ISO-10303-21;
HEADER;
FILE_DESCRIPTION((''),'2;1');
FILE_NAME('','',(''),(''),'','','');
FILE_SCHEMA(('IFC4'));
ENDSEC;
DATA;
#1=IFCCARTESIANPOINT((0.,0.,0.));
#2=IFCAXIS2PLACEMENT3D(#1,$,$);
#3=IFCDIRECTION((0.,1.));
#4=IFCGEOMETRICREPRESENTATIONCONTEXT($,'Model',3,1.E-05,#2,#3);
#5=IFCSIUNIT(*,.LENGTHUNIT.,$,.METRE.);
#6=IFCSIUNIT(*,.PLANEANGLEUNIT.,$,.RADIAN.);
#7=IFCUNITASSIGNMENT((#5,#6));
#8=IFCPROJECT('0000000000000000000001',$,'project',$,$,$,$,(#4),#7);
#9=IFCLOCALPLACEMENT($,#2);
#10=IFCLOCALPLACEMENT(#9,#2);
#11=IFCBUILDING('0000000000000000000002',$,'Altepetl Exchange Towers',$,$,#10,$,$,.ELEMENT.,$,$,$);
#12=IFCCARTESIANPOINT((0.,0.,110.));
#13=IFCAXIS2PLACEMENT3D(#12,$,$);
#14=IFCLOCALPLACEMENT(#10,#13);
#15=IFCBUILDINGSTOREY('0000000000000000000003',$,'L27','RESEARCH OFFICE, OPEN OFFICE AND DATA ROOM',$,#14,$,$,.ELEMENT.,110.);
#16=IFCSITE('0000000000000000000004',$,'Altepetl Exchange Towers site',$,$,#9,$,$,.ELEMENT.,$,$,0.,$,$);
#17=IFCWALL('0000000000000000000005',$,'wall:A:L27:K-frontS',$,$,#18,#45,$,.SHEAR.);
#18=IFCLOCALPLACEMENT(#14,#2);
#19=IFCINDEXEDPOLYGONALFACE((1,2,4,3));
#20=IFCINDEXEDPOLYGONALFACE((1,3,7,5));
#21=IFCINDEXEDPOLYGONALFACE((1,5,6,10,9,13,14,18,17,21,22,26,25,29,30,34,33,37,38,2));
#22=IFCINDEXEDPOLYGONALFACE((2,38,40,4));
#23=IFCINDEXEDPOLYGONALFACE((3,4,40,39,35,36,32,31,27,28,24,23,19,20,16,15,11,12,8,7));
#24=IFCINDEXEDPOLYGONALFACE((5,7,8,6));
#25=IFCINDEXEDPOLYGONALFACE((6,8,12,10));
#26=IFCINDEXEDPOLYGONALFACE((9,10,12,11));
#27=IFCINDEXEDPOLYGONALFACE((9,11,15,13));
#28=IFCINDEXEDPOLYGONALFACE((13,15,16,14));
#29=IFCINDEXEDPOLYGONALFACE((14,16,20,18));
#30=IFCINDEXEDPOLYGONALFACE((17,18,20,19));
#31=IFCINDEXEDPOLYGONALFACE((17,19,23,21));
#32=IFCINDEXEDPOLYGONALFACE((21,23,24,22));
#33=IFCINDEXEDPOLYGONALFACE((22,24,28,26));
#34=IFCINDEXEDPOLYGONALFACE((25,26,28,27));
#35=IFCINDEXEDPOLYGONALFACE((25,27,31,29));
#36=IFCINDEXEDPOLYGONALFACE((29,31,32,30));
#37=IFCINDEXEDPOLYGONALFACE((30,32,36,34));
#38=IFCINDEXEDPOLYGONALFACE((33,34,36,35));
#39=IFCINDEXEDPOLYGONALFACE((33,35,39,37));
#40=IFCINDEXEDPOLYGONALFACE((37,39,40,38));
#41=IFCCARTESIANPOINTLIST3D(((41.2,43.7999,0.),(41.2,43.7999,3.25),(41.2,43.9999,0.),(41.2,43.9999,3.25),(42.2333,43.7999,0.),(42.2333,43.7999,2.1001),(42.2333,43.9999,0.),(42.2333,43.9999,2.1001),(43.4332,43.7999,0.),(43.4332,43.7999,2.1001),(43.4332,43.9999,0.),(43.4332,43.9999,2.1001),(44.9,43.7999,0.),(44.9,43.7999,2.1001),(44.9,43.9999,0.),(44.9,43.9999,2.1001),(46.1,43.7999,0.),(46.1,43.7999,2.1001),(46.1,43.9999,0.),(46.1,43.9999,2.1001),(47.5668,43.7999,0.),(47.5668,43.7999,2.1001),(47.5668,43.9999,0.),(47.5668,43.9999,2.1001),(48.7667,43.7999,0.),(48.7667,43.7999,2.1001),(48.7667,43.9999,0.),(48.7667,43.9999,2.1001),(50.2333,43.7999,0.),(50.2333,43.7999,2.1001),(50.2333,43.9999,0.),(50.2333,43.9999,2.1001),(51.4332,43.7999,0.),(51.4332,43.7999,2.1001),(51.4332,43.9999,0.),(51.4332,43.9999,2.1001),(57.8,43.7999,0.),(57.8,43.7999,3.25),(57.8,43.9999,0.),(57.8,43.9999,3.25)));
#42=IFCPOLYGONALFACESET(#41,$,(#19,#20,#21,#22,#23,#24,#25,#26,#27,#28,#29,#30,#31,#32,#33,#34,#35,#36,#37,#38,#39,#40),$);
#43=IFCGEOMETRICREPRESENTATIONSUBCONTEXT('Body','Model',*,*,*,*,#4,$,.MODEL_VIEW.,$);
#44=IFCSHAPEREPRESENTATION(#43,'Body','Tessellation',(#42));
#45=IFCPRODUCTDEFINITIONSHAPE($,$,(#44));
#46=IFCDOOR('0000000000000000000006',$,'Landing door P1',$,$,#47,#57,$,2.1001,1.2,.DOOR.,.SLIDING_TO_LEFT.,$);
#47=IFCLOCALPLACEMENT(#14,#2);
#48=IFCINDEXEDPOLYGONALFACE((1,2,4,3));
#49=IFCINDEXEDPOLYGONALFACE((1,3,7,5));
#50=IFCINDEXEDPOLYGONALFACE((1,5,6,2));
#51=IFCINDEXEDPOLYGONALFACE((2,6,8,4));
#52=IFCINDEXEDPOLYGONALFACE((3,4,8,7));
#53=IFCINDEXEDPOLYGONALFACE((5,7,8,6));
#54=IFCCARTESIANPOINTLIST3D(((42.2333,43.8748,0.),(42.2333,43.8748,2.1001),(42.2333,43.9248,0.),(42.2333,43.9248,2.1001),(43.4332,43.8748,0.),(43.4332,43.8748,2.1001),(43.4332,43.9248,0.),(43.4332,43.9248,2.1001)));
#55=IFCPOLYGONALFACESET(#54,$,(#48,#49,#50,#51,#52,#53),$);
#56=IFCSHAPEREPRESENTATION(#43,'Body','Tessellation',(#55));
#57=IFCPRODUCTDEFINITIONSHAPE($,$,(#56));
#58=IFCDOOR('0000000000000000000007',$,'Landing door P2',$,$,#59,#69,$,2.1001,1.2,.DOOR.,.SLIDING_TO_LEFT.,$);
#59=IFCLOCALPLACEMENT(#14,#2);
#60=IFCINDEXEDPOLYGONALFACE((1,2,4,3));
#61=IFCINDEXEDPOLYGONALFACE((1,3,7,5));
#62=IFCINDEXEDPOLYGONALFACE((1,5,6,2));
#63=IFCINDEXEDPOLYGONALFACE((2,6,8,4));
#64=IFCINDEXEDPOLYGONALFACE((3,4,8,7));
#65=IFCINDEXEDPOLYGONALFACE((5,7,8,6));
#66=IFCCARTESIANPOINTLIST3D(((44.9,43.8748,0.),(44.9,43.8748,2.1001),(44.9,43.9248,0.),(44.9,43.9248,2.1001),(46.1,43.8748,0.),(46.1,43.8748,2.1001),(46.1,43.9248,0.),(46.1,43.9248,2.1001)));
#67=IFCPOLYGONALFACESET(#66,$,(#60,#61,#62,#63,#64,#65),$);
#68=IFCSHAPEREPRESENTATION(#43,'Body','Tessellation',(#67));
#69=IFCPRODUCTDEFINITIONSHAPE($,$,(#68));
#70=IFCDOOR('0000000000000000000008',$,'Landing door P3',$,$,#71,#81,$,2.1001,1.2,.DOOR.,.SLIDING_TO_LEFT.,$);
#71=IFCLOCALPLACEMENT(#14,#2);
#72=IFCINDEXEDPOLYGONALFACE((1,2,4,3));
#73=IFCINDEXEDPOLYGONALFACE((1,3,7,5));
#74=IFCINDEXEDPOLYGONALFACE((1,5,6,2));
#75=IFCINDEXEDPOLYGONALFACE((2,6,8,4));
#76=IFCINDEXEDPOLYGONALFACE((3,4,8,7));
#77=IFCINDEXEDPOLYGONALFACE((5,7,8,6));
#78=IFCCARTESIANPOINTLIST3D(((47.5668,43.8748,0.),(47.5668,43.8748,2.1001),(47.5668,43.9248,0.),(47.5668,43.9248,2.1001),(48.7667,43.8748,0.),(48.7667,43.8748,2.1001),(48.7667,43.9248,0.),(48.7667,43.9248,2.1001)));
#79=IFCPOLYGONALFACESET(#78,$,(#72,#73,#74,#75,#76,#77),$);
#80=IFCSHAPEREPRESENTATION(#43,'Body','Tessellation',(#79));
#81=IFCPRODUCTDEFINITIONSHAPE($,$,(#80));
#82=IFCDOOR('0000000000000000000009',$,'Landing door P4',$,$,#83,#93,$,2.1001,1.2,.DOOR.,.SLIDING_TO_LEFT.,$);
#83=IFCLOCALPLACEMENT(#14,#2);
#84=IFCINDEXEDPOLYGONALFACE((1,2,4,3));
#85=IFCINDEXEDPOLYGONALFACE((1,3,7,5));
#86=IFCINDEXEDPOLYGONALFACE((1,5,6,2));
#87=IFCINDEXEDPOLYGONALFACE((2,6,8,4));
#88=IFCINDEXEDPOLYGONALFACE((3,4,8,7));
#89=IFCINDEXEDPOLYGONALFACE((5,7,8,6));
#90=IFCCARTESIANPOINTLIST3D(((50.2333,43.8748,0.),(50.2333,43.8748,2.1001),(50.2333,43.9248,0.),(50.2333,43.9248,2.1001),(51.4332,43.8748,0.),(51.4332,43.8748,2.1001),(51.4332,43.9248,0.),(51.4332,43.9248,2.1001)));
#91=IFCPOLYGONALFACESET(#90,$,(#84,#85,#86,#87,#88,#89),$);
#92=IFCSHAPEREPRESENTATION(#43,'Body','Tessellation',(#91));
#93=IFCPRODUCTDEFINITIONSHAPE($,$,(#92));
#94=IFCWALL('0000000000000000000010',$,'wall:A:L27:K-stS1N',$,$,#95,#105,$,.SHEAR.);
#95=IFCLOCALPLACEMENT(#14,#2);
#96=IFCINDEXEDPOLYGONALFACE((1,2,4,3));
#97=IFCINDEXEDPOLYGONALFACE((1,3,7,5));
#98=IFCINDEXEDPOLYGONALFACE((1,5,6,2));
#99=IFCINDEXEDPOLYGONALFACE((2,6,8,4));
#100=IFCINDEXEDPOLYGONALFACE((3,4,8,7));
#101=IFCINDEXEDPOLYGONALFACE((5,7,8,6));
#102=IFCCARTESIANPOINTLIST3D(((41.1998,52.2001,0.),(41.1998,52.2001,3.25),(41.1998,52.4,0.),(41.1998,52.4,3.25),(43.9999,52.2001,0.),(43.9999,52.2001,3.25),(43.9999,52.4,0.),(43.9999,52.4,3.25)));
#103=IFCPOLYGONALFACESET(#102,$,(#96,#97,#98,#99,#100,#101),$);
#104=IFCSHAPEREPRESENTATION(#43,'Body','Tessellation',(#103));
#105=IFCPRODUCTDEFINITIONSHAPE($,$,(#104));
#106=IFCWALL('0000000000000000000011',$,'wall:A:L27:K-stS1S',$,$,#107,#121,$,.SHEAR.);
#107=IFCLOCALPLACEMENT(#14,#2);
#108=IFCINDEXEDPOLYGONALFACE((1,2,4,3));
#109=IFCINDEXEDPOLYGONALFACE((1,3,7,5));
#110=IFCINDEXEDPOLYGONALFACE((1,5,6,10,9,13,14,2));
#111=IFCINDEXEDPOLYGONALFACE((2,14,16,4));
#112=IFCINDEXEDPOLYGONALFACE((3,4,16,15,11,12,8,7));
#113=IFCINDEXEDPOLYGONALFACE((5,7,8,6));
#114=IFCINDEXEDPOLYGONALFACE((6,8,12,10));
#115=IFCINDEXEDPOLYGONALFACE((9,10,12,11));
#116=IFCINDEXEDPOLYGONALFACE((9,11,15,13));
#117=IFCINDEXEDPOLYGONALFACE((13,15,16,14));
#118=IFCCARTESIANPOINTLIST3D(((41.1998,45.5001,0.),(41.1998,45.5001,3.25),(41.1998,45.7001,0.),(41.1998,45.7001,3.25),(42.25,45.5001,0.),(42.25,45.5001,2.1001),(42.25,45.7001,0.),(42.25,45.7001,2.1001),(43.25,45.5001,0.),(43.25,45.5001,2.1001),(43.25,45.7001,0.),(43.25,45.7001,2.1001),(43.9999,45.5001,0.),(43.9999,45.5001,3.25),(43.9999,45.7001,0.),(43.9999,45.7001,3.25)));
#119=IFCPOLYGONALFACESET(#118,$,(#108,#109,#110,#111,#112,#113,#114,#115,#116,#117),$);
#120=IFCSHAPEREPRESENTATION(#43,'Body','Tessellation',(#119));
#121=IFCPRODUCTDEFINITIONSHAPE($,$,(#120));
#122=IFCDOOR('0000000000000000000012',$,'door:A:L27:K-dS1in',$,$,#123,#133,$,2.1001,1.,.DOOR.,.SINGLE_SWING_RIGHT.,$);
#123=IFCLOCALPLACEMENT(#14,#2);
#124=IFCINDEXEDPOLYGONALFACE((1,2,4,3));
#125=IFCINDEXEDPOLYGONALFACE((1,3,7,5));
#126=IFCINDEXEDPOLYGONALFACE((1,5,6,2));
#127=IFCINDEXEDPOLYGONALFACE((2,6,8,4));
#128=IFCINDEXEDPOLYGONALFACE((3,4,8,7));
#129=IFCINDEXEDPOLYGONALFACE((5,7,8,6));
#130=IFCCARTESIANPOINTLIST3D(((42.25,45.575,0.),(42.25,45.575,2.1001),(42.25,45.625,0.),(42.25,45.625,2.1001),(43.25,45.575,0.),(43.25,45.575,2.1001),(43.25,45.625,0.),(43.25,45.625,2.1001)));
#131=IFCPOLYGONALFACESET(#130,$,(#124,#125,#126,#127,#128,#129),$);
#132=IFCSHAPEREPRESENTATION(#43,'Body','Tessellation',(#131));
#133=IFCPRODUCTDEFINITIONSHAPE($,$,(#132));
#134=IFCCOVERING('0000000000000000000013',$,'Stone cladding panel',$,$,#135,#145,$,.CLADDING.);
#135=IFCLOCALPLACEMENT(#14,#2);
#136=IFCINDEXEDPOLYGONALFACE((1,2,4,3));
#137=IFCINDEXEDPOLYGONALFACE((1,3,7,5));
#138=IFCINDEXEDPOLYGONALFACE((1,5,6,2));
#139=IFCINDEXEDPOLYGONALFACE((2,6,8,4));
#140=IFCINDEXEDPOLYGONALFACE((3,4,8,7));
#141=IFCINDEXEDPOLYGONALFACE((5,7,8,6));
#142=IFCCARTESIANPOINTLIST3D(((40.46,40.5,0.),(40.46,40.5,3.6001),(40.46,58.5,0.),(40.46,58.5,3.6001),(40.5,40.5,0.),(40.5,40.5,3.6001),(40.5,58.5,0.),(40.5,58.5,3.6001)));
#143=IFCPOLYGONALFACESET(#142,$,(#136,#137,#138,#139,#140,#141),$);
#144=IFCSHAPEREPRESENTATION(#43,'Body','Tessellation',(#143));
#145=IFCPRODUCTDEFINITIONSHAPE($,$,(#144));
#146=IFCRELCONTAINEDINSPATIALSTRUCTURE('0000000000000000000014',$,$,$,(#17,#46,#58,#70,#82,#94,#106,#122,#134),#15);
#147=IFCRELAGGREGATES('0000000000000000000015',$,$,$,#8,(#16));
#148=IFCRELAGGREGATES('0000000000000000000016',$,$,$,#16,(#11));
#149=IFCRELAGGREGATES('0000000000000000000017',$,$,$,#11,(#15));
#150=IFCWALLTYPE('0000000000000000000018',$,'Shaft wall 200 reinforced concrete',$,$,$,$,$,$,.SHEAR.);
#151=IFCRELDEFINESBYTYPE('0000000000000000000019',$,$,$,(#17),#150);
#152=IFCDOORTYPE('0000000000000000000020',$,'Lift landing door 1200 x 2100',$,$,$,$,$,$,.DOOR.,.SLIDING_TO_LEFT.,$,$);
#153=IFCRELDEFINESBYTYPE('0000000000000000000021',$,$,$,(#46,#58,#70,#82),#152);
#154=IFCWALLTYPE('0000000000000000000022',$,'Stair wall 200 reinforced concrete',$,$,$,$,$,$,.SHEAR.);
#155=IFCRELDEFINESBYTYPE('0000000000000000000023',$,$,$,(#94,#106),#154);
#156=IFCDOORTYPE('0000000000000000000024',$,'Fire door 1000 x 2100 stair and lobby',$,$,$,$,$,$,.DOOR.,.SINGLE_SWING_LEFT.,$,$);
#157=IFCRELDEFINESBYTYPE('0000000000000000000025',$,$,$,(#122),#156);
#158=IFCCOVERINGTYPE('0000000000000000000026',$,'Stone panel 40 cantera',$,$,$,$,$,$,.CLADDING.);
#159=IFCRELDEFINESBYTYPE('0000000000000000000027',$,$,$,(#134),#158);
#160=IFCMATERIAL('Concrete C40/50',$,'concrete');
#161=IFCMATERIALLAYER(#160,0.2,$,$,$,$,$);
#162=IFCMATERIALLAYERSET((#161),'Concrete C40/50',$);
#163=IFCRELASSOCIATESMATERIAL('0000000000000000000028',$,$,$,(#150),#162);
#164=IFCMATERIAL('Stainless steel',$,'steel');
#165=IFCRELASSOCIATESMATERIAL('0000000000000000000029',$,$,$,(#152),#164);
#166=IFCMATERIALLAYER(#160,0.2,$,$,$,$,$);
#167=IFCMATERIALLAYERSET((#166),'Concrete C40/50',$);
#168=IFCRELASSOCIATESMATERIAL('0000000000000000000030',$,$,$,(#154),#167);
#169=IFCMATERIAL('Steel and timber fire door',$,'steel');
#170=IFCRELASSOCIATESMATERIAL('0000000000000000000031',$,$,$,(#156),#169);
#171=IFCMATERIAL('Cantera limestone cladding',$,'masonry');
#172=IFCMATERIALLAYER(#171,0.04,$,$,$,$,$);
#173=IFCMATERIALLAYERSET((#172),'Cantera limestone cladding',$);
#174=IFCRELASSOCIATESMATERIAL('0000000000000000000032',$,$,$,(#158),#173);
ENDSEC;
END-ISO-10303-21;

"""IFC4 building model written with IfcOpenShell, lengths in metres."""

from ifc_helpers import new_model, si_unit, direction, frame, frame_2d, origin, origin_2d, place, context, subcontext, project, spatial, rectangle, extrude, material, layer, layer_set, type_object, element, fill, save


model = new_model("IFC4")

# Units and contexts
model_context = context("Model", 3, precision=1e-05, world=origin(), true_north=direction((0.0, 1.0)))
body_context = subcontext(model_context, "Body", "Model", "MODEL_VIEW")
ifc_project = project(units=[si_unit("LENGTHUNIT", "METRE"), si_unit("PLANEANGLEUNIT", "RADIAN")], contexts=[model_context])

# Site, building, storey
site_placement = place(None, origin())
site = spatial("IfcSite", under=ifc_project, at=site_placement, Name="Altepetl Exchange Towers site", CompositionType="ELEMENT", RefElevation=0.0)
building_placement = place(site_placement, origin())
building = spatial("IfcBuilding", under=site, at=building_placement, Name="Altepetl Exchange Towers", CompositionType="ELEMENT")
storey_placement = place(building_placement, frame((0.0, 0.0, 110.0)))
storey = spatial("IfcBuildingStorey", under=building, at=storey_placement, Name="L27", Description="RESEARCH OFFICE, OPEN OFFICE AND DATA ROOM", CompositionType="ELEMENT", Elevation=110.0)

# Wall, openings, doors
ifc_material_1 = material(Name="Concrete C40/50", Category="concrete")
ifc_layer_1 = layer(ifc_material_1, 0.2)
ifc_layer_set_1 = layer_set([ifc_layer_1], Name="Concrete C40/50")
wall_type_1 = type_object("IfcWallType", Name="Shaft wall 200 reinforced concrete", PredefinedType="SHEAR", material=ifc_layer_set_1)
ifc_material_2 = material(Name="Stainless steel", Category="steel")
wall_1_placement = place(storey_placement, frame((41.2, 43.8999, 0.0)))
wall_1 = element("IfcWall", 1, at=wall_1_placement, inside=storey, type_object=wall_type_1, Name="wall:A:L27:K-frontS", PredefinedType="SHEAR", context=body_context, shape_type="SweptSolid", body=[
    extrude(rectangle(XDim=16.6001, YDim=0.2, at=frame_2d((8.3, 0.0))), origin(), (0.0, 0.0, 1.0), 3.25),
])
opening_1_placement = place(wall_1_placement, frame((1.0332, 0.0, 0.0)))
opening_1 = element("IfcOpeningElement", 2, at=opening_1_placement, cuts=wall_1, PredefinedType="OPENING", context=body_context, shape_type="SweptSolid", body=[
    extrude(rectangle(XDim=1.2, YDim=2.1001, at=frame_2d((0.6001, 1.05))), frame((0.0, 0.1099, 0.0), z_axis=(0.0, -1.0, 0.0), x_axis=(1.0, 0.0, 0.0)), (0.0, 0.0, 1.0), 0.22),
])
opening_2_placement = place(wall_1_placement, frame((3.7, 0.0, 0.0)))
opening_2 = element("IfcOpeningElement", 3, at=opening_2_placement, cuts=wall_1, PredefinedType="OPENING", context=body_context, shape_type="SweptSolid", body=[
    extrude(rectangle(XDim=1.2, YDim=2.1001, at=frame_2d((0.6001, 1.05))), frame((0.0, 0.1099, 0.0), z_axis=(0.0, -1.0, 0.0), x_axis=(1.0, 0.0, 0.0)), (0.0, 0.0, 1.0), 0.22),
])
opening_3_placement = place(wall_1_placement, frame((6.3667, 0.0, 0.0)))
opening_3 = element("IfcOpeningElement", 4, at=opening_3_placement, cuts=wall_1, PredefinedType="OPENING", context=body_context, shape_type="SweptSolid", body=[
    extrude(rectangle(XDim=1.2, YDim=2.1001, at=frame_2d((0.6001, 1.05))), frame((0.0, 0.1099, 0.0), z_axis=(0.0, -1.0, 0.0), x_axis=(1.0, 0.0, 0.0)), (0.0, 0.0, 1.0), 0.22),
])
opening_4_placement = place(wall_1_placement, frame((9.0332, 0.0, 0.0)))
opening_4 = element("IfcOpeningElement", 5, at=opening_4_placement, cuts=wall_1, PredefinedType="OPENING", context=body_context, shape_type="SweptSolid", body=[
    extrude(rectangle(XDim=1.2, YDim=2.1001, at=frame_2d((0.6001, 1.05))), frame((0.0, 0.1099, 0.0), z_axis=(0.0, -1.0, 0.0), x_axis=(1.0, 0.0, 0.0)), (0.0, 0.0, 1.0), 0.22),
])
door_type_1 = type_object("IfcDoorType", Name="Lift landing door 1200 x 2100", OperationType="SLIDING_TO_LEFT", PredefinedType="DOOR", material=ifc_material_2)
door_1_placement = place(opening_1_placement, origin())
door_1 = element("IfcDoor", 6, at=door_1_placement, inside=storey, type_object=door_type_1, Name="Landing door P1", OperationType="SLIDING_TO_LEFT", OverallHeight=2.1001, OverallWidth=1.2, PredefinedType="DOOR", context=body_context, shape_type="SweptSolid", body=[
    extrude(rectangle(XDim=1.2, YDim=2.1001, at=frame_2d((0.6001, 1.05))), frame((0.0, 0.0249, 0.0), z_axis=(0.0, -1.0, 0.0), x_axis=(1.0, 0.0, 0.0)), (0.0, 0.0, 1.0), 0.05),
])
fill(opening_1, door_1)
door_2_placement = place(opening_2_placement, origin())
door_2 = element("IfcDoor", 7, at=door_2_placement, inside=storey, type_object=door_type_1, Name="Landing door P2", OperationType="SLIDING_TO_LEFT", OverallHeight=2.1001, OverallWidth=1.2, PredefinedType="DOOR", context=body_context, shape_type="SweptSolid", body=[
    extrude(rectangle(XDim=1.2, YDim=2.1001, at=frame_2d((0.6001, 1.05))), frame((0.0, 0.0249, 0.0), z_axis=(0.0, -1.0, 0.0), x_axis=(1.0, 0.0, 0.0)), (0.0, 0.0, 1.0), 0.05),
])
fill(opening_2, door_2)
door_3_placement = place(opening_3_placement, origin())
door_3 = element("IfcDoor", 8, at=door_3_placement, inside=storey, type_object=door_type_1, Name="Landing door P3", OperationType="SLIDING_TO_LEFT", OverallHeight=2.1001, OverallWidth=1.2, PredefinedType="DOOR", context=body_context, shape_type="SweptSolid", body=[
    extrude(rectangle(XDim=1.2, YDim=2.1001, at=frame_2d((0.6001, 1.05))), frame((0.0, 0.0249, 0.0), z_axis=(0.0, -1.0, 0.0), x_axis=(1.0, 0.0, 0.0)), (0.0, 0.0, 1.0), 0.05),
])
fill(opening_3, door_3)
door_4_placement = place(opening_4_placement, origin())
door_4 = element("IfcDoor", 9, at=door_4_placement, inside=storey, type_object=door_type_1, Name="Landing door P4", OperationType="SLIDING_TO_LEFT", OverallHeight=2.1001, OverallWidth=1.2, PredefinedType="DOOR", context=body_context, shape_type="SweptSolid", body=[
    extrude(rectangle(XDim=1.2, YDim=2.1001, at=frame_2d((0.6001, 1.05))), frame((0.0, 0.0249, 0.0), z_axis=(0.0, -1.0, 0.0), x_axis=(1.0, 0.0, 0.0)), (0.0, 0.0, 1.0), 0.05),
])
fill(opening_4, door_4)

# Wall
ifc_layer_2 = layer(ifc_material_1, 0.2)
ifc_layer_set_2 = layer_set([ifc_layer_2], Name="Concrete C40/50")
wall_type_2 = type_object("IfcWallType", Name="Stair wall 200 reinforced concrete", PredefinedType="SHEAR", material=ifc_layer_set_2)
wall_2_placement = place(storey_placement, frame((41.2, 52.3, 0.0)))
element("IfcWall", 10, at=wall_2_placement, inside=storey, type_object=wall_type_2, Name="wall:A:L27:K-stS1N", PredefinedType="SHEAR", context=body_context, shape_type="SweptSolid", body=[
    extrude(rectangle(XDim=2.8, YDim=0.2, at=frame_2d((1.3999, 0.0))), origin(), (0.0, 0.0, 1.0), 3.25),
])

# Wall, opening, door
wall_3_placement = place(storey_placement, frame((41.2, 45.6001, 0.0)))
wall_3 = element("IfcWall", 11, at=wall_3_placement, inside=storey, type_object=wall_type_2, Name="wall:A:L27:K-stS1S", PredefinedType="SHEAR", context=body_context, shape_type="SweptSolid", body=[
    extrude(rectangle(XDim=2.8, YDim=0.2, at=frame_2d((1.3999, 0.0))), origin(), (0.0, 0.0, 1.0), 3.25),
])
opening_5_placement = place(wall_3_placement, frame((1.05, 0.0, 0.0)))
opening_5 = element("IfcOpeningElement", 12, at=opening_5_placement, cuts=wall_3, PredefinedType="OPENING", context=body_context, shape_type="SweptSolid", body=[
    extrude(rectangle(XDim=1.0, YDim=2.1001, at=frame_2d((0.5, 1.05))), frame((0.0, 0.1099, 0.0), z_axis=(0.0, -1.0, 0.0), x_axis=(1.0, 0.0, 0.0)), (0.0, 0.0, 1.0), 0.22),
])
ifc_material_3 = material(Name="Steel and timber fire door", Category="steel")
door_type_2 = type_object("IfcDoorType", Name="Fire door 1000 x 2100 stair and lobby", OperationType="SINGLE_SWING_LEFT", PredefinedType="DOOR", material=ifc_material_3)
door_5_placement = place(opening_5_placement, origin())
door_5 = element("IfcDoor", 13, at=door_5_placement, inside=storey, type_object=door_type_2, Name="door:A:L27:K-dS1in", OperationType="SINGLE_SWING_RIGHT", OverallHeight=2.1001, OverallWidth=1.0, PredefinedType="DOOR", context=body_context, shape_type="SweptSolid", body=[
    extrude(rectangle(XDim=1.0, YDim=2.1001, at=frame_2d((0.5, 1.05))), frame((0.0, 0.0249, 0.0), z_axis=(0.0, -1.0, 0.0), x_axis=(1.0, 0.0, 0.0)), (0.0, 0.0, 1.0), 0.05),
])
fill(opening_5, door_5)

# Covering
ifc_material_4 = material(Name="Cantera limestone cladding", Category="masonry")
ifc_layer_3 = layer(ifc_material_4, 0.04)
ifc_layer_set_3 = layer_set([ifc_layer_3], Name="Cantera limestone cladding")
covering_type = type_object("IfcCoveringType", Name="Stone panel 40 cantera", PredefinedType="CLADDING", material=ifc_layer_set_3)
covering_placement = place(storey_placement, frame((40.48, 49.5, 0.0), z_axis=(0.0, 0.0, 1.0), x_axis=(0.0, -1.0, 0.0)))
element("IfcCovering", 14, at=covering_placement, inside=storey, type_object=covering_type, Name="Stone cladding panel", PredefinedType="CLADDING", context=body_context, shape_type="SweptSolid", body=[
    extrude(rectangle(XDim=18.0, YDim=0.04, at=origin_2d()), origin(), (0.0, 0.0, 1.0), 3.6001),
])

save(model, "model.ifc")
